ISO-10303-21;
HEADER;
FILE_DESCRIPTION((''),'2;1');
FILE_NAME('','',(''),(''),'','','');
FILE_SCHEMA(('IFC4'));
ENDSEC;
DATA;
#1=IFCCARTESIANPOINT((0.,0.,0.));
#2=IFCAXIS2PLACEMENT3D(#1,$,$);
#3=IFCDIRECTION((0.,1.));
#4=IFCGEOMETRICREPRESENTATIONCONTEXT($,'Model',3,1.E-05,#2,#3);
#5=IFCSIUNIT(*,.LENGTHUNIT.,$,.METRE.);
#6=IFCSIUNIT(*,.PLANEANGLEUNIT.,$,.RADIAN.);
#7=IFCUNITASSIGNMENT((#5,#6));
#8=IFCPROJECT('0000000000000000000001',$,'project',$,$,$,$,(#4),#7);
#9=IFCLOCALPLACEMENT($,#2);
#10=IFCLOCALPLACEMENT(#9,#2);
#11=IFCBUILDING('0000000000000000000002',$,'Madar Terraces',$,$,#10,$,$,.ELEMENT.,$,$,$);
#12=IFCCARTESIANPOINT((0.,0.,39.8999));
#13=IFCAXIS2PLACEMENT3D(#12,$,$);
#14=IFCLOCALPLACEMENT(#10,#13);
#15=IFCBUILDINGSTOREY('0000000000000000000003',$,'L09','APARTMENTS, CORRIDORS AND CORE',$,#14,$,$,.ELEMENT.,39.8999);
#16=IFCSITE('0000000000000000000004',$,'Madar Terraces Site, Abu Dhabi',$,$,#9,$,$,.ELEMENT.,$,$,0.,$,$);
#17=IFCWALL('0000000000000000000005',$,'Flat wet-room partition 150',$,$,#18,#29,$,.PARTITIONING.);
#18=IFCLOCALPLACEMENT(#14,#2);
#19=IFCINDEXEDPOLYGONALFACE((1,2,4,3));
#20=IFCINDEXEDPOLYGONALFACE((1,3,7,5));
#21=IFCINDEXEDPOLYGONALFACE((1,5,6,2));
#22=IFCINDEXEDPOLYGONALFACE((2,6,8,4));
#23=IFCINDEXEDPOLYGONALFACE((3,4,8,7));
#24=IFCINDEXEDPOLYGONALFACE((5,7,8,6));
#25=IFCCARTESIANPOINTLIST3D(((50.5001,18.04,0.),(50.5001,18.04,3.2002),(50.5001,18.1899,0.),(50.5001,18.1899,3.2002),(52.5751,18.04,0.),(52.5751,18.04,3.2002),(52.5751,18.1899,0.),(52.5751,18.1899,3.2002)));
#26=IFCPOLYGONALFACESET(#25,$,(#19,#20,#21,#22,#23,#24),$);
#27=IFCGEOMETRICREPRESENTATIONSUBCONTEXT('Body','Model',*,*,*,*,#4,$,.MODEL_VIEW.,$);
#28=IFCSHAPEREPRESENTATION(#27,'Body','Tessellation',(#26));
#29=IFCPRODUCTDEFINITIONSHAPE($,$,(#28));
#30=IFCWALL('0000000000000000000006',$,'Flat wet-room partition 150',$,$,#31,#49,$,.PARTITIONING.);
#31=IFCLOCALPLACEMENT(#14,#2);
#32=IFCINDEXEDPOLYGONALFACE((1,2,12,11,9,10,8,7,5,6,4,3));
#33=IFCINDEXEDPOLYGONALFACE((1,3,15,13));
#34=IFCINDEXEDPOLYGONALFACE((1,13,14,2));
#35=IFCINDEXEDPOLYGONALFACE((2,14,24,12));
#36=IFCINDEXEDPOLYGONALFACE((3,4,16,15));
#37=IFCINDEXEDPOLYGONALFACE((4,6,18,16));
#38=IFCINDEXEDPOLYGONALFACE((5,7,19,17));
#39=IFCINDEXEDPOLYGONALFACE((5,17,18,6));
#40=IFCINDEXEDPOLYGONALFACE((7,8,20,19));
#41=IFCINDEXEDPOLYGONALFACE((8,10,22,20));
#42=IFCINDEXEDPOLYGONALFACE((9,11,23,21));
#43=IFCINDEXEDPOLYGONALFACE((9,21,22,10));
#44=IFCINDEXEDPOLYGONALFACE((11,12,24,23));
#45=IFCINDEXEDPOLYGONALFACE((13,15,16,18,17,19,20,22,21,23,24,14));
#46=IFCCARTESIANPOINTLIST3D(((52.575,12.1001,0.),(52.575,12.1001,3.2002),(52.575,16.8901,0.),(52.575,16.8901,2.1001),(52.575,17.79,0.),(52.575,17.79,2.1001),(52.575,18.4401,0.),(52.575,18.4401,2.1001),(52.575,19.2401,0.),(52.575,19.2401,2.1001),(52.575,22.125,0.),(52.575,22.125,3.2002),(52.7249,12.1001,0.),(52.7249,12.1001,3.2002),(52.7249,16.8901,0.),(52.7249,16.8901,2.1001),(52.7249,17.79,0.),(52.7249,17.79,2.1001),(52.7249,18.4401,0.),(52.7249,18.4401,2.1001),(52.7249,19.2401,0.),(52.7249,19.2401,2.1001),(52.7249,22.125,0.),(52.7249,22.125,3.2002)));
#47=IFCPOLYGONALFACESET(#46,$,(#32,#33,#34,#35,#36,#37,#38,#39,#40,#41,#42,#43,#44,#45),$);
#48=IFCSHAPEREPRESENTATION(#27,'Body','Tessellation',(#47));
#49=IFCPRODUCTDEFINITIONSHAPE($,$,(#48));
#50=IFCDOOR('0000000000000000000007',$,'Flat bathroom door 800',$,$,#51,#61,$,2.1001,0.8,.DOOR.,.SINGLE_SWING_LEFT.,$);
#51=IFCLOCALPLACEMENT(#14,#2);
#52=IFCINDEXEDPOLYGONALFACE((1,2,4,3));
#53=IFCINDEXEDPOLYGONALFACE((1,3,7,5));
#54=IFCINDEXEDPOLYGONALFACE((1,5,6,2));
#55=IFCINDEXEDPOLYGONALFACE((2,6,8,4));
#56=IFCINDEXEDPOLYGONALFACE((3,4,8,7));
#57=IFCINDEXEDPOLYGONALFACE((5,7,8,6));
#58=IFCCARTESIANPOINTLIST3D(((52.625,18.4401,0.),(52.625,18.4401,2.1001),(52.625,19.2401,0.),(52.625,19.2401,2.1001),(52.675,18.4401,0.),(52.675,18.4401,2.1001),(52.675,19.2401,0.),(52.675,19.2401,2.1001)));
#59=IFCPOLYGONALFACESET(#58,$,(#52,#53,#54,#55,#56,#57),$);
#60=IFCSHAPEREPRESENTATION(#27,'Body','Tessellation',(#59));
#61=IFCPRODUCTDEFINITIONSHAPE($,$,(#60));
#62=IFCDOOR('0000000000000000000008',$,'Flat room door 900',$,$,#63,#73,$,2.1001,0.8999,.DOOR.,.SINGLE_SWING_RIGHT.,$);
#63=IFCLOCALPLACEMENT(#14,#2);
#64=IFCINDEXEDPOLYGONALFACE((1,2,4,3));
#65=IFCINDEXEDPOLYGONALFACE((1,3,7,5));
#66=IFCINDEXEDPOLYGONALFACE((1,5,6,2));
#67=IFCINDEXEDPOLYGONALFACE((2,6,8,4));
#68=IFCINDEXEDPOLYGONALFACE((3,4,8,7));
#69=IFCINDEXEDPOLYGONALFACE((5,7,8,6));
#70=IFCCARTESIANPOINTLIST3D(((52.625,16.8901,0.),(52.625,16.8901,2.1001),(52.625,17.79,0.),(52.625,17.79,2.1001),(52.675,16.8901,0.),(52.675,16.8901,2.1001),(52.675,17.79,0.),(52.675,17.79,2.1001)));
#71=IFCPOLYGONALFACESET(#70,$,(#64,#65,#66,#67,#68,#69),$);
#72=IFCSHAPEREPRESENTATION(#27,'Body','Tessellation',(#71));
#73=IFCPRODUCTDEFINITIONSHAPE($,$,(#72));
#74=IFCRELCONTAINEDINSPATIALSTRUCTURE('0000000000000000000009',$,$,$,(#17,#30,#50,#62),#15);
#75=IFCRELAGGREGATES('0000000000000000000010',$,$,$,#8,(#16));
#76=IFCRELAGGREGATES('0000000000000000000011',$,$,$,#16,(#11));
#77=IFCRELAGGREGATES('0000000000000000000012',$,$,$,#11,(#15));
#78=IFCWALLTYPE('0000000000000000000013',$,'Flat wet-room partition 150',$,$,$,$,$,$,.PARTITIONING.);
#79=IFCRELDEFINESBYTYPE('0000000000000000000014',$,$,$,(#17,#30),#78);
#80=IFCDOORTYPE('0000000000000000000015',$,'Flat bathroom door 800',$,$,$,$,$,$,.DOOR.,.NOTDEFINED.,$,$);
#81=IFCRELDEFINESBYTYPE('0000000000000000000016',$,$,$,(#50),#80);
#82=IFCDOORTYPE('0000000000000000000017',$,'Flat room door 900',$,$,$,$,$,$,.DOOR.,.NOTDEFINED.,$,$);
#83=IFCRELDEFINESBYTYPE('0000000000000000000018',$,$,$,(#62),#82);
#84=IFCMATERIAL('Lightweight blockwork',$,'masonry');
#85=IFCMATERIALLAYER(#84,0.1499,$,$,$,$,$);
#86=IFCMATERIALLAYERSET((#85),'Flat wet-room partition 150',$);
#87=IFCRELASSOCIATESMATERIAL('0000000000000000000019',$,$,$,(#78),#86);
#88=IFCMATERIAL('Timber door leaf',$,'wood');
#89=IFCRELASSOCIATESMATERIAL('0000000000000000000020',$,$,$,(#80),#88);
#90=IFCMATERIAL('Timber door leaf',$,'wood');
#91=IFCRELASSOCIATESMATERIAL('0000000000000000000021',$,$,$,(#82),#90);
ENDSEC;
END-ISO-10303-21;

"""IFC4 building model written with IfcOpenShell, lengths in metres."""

from ifc_helpers import new_model, si_unit, direction, frame, frame_2d, origin, place, context, subcontext, project, spatial, rectangle, extrude, material, layer, layer_set, type_object, element, fill, save


model = new_model("IFC4")

# Units and contexts
model_context = context("Model", 3, precision=1e-05, world=origin(), true_north=direction((0.0, 1.0)))
body_context = subcontext(model_context, "Body", "Model", "MODEL_VIEW")
ifc_project = project(units=[si_unit("LENGTHUNIT", "METRE"), si_unit("PLANEANGLEUNIT", "RADIAN")], contexts=[model_context])

# Site, building, storey
site_placement = place(None, origin())
site = spatial("IfcSite", under=ifc_project, at=site_placement, Name="Madar Terraces Site, Abu Dhabi", CompositionType="ELEMENT", RefElevation=0.0)
building_placement = place(site_placement, origin())
building = spatial("IfcBuilding", under=site, at=building_placement, Name="Madar Terraces", CompositionType="ELEMENT")
storey_placement = place(building_placement, frame((0.0, 0.0, 39.8999)))
storey = spatial("IfcBuildingStorey", under=building, at=storey_placement, Name="L09", Description="APARTMENTS, CORRIDORS AND CORE", CompositionType="ELEMENT", Elevation=39.8999)

# Wall
ifc_material_1 = material(Name="Lightweight blockwork", Category="masonry")
ifc_layer_1 = layer(ifc_material_1, 0.1499)
ifc_layer_set_1 = layer_set([ifc_layer_1], Name="Flat wet-room partition 150")
wall_type_1 = type_object("IfcWallType", Name="Flat wet-room partition 150", PredefinedType="PARTITIONING", material=ifc_layer_set_1)
wall_1_placement = place(storey_placement, frame((50.5, 18.115, 0.0), z_axis=(0.0, 0.0, 1.0), x_axis=(1.0, 0.0, 0.0)))
element("IfcWall", 1, at=wall_1_placement, inside=storey, type_object=wall_type_1, Name="Flat wet-room partition 150", PredefinedType="PARTITIONING", context=body_context, shape_type="SweptSolid", body=[
    extrude(rectangle(XDim=2.075, YDim=0.1499, at=frame_2d((1.0376, 0.0))), origin(), (0.0, 0.0, 1.0), 3.2002),
])

# Wall, openings, doors
wall_2_placement = place(storey_placement, frame((52.6499, 12.1001, 0.0), z_axis=(0.0, 0.0, 1.0), x_axis=(0.0, 1.0, 0.0)))
wall_2 = element("IfcWall", 2, at=wall_2_placement, inside=storey, type_object=wall_type_1, Name="Flat wet-room partition 150", PredefinedType="PARTITIONING", context=body_context, shape_type="SweptSolid", body=[
    extrude(rectangle(XDim=10.0249, YDim=0.1499, at=frame_2d((5.0125, 0.0))), origin(), (0.0, 0.0, 1.0), 3.2002),
])
opening_1_placement = place(wall_2_placement, frame((6.3401, 0.0, 0.0)))
opening_1 = element("IfcOpeningElement", 3, at=opening_1_placement, cuts=wall_2, PredefinedType="OPENING", context=body_context, shape_type="SweptSolid", body=[
    extrude(rectangle(XDim=0.8, YDim=2.1001, at=frame_2d((0.3999, 1.05))), frame((0.0, 0.085, 0.0), z_axis=(0.0, -1.0, 0.0), x_axis=(1.0, 0.0, 0.0)), (0.0, 0.0, 1.0), 0.1699),
])
opening_2_placement = place(wall_2_placement, frame((4.79, 0.0, 0.0)))
opening_2 = element("IfcOpeningElement", 4, at=opening_2_placement, cuts=wall_2, PredefinedType="OPENING", context=body_context, shape_type="SweptSolid", body=[
    extrude(rectangle(XDim=0.8999, YDim=2.1001, at=frame_2d((0.45, 1.05))), frame((0.0, 0.085, 0.0), z_axis=(0.0, -1.0, 0.0), x_axis=(1.0, 0.0, 0.0)), (0.0, 0.0, 1.0), 0.1699),
])
ifc_material_2 = material(Name="Timber door leaf", Category="wood")
door_type_1 = type_object("IfcDoorType", Name="Flat bathroom door 800", OperationType="NOTDEFINED", PredefinedType="DOOR", material=ifc_material_2)
door_1_placement = place(opening_1_placement, origin())
door_1 = element("IfcDoor", 5, at=door_1_placement, inside=storey, type_object=door_type_1, Name="Flat bathroom door 800", OperationType="SINGLE_SWING_LEFT", OverallHeight=2.1001, OverallWidth=0.8, PredefinedType="DOOR", context=body_context, shape_type="SweptSolid", body=[
    extrude(rectangle(XDim=0.8, YDim=2.1001, at=frame_2d((0.3999, 1.05))), frame((0.0, 0.0249, 0.0), z_axis=(0.0, -1.0, 0.0), x_axis=(1.0, 0.0, 0.0)), (0.0, 0.0, 1.0), 0.05),
])
fill(opening_1, door_1)
ifc_material_3 = material(Name="Timber door leaf", Category="wood")
door_type_2 = type_object("IfcDoorType", Name="Flat room door 900", OperationType="NOTDEFINED", PredefinedType="DOOR", material=ifc_material_3)
door_2_placement = place(opening_2_placement, origin())
door_2 = element("IfcDoor", 6, at=door_2_placement, inside=storey, type_object=door_type_2, Name="Flat room door 900", OperationType="SINGLE_SWING_RIGHT", OverallHeight=2.1001, OverallWidth=0.8999, PredefinedType="DOOR", context=body_context, shape_type="SweptSolid", body=[
    extrude(rectangle(XDim=0.8999, YDim=2.1001, at=frame_2d((0.45, 1.05))), frame((0.0, 0.0249, 0.0), z_axis=(0.0, -1.0, 0.0), x_axis=(1.0, 0.0, 0.0)), (0.0, 0.0, 1.0), 0.05),
])
fill(opening_2, door_2)

save(model, "model.ifc")
